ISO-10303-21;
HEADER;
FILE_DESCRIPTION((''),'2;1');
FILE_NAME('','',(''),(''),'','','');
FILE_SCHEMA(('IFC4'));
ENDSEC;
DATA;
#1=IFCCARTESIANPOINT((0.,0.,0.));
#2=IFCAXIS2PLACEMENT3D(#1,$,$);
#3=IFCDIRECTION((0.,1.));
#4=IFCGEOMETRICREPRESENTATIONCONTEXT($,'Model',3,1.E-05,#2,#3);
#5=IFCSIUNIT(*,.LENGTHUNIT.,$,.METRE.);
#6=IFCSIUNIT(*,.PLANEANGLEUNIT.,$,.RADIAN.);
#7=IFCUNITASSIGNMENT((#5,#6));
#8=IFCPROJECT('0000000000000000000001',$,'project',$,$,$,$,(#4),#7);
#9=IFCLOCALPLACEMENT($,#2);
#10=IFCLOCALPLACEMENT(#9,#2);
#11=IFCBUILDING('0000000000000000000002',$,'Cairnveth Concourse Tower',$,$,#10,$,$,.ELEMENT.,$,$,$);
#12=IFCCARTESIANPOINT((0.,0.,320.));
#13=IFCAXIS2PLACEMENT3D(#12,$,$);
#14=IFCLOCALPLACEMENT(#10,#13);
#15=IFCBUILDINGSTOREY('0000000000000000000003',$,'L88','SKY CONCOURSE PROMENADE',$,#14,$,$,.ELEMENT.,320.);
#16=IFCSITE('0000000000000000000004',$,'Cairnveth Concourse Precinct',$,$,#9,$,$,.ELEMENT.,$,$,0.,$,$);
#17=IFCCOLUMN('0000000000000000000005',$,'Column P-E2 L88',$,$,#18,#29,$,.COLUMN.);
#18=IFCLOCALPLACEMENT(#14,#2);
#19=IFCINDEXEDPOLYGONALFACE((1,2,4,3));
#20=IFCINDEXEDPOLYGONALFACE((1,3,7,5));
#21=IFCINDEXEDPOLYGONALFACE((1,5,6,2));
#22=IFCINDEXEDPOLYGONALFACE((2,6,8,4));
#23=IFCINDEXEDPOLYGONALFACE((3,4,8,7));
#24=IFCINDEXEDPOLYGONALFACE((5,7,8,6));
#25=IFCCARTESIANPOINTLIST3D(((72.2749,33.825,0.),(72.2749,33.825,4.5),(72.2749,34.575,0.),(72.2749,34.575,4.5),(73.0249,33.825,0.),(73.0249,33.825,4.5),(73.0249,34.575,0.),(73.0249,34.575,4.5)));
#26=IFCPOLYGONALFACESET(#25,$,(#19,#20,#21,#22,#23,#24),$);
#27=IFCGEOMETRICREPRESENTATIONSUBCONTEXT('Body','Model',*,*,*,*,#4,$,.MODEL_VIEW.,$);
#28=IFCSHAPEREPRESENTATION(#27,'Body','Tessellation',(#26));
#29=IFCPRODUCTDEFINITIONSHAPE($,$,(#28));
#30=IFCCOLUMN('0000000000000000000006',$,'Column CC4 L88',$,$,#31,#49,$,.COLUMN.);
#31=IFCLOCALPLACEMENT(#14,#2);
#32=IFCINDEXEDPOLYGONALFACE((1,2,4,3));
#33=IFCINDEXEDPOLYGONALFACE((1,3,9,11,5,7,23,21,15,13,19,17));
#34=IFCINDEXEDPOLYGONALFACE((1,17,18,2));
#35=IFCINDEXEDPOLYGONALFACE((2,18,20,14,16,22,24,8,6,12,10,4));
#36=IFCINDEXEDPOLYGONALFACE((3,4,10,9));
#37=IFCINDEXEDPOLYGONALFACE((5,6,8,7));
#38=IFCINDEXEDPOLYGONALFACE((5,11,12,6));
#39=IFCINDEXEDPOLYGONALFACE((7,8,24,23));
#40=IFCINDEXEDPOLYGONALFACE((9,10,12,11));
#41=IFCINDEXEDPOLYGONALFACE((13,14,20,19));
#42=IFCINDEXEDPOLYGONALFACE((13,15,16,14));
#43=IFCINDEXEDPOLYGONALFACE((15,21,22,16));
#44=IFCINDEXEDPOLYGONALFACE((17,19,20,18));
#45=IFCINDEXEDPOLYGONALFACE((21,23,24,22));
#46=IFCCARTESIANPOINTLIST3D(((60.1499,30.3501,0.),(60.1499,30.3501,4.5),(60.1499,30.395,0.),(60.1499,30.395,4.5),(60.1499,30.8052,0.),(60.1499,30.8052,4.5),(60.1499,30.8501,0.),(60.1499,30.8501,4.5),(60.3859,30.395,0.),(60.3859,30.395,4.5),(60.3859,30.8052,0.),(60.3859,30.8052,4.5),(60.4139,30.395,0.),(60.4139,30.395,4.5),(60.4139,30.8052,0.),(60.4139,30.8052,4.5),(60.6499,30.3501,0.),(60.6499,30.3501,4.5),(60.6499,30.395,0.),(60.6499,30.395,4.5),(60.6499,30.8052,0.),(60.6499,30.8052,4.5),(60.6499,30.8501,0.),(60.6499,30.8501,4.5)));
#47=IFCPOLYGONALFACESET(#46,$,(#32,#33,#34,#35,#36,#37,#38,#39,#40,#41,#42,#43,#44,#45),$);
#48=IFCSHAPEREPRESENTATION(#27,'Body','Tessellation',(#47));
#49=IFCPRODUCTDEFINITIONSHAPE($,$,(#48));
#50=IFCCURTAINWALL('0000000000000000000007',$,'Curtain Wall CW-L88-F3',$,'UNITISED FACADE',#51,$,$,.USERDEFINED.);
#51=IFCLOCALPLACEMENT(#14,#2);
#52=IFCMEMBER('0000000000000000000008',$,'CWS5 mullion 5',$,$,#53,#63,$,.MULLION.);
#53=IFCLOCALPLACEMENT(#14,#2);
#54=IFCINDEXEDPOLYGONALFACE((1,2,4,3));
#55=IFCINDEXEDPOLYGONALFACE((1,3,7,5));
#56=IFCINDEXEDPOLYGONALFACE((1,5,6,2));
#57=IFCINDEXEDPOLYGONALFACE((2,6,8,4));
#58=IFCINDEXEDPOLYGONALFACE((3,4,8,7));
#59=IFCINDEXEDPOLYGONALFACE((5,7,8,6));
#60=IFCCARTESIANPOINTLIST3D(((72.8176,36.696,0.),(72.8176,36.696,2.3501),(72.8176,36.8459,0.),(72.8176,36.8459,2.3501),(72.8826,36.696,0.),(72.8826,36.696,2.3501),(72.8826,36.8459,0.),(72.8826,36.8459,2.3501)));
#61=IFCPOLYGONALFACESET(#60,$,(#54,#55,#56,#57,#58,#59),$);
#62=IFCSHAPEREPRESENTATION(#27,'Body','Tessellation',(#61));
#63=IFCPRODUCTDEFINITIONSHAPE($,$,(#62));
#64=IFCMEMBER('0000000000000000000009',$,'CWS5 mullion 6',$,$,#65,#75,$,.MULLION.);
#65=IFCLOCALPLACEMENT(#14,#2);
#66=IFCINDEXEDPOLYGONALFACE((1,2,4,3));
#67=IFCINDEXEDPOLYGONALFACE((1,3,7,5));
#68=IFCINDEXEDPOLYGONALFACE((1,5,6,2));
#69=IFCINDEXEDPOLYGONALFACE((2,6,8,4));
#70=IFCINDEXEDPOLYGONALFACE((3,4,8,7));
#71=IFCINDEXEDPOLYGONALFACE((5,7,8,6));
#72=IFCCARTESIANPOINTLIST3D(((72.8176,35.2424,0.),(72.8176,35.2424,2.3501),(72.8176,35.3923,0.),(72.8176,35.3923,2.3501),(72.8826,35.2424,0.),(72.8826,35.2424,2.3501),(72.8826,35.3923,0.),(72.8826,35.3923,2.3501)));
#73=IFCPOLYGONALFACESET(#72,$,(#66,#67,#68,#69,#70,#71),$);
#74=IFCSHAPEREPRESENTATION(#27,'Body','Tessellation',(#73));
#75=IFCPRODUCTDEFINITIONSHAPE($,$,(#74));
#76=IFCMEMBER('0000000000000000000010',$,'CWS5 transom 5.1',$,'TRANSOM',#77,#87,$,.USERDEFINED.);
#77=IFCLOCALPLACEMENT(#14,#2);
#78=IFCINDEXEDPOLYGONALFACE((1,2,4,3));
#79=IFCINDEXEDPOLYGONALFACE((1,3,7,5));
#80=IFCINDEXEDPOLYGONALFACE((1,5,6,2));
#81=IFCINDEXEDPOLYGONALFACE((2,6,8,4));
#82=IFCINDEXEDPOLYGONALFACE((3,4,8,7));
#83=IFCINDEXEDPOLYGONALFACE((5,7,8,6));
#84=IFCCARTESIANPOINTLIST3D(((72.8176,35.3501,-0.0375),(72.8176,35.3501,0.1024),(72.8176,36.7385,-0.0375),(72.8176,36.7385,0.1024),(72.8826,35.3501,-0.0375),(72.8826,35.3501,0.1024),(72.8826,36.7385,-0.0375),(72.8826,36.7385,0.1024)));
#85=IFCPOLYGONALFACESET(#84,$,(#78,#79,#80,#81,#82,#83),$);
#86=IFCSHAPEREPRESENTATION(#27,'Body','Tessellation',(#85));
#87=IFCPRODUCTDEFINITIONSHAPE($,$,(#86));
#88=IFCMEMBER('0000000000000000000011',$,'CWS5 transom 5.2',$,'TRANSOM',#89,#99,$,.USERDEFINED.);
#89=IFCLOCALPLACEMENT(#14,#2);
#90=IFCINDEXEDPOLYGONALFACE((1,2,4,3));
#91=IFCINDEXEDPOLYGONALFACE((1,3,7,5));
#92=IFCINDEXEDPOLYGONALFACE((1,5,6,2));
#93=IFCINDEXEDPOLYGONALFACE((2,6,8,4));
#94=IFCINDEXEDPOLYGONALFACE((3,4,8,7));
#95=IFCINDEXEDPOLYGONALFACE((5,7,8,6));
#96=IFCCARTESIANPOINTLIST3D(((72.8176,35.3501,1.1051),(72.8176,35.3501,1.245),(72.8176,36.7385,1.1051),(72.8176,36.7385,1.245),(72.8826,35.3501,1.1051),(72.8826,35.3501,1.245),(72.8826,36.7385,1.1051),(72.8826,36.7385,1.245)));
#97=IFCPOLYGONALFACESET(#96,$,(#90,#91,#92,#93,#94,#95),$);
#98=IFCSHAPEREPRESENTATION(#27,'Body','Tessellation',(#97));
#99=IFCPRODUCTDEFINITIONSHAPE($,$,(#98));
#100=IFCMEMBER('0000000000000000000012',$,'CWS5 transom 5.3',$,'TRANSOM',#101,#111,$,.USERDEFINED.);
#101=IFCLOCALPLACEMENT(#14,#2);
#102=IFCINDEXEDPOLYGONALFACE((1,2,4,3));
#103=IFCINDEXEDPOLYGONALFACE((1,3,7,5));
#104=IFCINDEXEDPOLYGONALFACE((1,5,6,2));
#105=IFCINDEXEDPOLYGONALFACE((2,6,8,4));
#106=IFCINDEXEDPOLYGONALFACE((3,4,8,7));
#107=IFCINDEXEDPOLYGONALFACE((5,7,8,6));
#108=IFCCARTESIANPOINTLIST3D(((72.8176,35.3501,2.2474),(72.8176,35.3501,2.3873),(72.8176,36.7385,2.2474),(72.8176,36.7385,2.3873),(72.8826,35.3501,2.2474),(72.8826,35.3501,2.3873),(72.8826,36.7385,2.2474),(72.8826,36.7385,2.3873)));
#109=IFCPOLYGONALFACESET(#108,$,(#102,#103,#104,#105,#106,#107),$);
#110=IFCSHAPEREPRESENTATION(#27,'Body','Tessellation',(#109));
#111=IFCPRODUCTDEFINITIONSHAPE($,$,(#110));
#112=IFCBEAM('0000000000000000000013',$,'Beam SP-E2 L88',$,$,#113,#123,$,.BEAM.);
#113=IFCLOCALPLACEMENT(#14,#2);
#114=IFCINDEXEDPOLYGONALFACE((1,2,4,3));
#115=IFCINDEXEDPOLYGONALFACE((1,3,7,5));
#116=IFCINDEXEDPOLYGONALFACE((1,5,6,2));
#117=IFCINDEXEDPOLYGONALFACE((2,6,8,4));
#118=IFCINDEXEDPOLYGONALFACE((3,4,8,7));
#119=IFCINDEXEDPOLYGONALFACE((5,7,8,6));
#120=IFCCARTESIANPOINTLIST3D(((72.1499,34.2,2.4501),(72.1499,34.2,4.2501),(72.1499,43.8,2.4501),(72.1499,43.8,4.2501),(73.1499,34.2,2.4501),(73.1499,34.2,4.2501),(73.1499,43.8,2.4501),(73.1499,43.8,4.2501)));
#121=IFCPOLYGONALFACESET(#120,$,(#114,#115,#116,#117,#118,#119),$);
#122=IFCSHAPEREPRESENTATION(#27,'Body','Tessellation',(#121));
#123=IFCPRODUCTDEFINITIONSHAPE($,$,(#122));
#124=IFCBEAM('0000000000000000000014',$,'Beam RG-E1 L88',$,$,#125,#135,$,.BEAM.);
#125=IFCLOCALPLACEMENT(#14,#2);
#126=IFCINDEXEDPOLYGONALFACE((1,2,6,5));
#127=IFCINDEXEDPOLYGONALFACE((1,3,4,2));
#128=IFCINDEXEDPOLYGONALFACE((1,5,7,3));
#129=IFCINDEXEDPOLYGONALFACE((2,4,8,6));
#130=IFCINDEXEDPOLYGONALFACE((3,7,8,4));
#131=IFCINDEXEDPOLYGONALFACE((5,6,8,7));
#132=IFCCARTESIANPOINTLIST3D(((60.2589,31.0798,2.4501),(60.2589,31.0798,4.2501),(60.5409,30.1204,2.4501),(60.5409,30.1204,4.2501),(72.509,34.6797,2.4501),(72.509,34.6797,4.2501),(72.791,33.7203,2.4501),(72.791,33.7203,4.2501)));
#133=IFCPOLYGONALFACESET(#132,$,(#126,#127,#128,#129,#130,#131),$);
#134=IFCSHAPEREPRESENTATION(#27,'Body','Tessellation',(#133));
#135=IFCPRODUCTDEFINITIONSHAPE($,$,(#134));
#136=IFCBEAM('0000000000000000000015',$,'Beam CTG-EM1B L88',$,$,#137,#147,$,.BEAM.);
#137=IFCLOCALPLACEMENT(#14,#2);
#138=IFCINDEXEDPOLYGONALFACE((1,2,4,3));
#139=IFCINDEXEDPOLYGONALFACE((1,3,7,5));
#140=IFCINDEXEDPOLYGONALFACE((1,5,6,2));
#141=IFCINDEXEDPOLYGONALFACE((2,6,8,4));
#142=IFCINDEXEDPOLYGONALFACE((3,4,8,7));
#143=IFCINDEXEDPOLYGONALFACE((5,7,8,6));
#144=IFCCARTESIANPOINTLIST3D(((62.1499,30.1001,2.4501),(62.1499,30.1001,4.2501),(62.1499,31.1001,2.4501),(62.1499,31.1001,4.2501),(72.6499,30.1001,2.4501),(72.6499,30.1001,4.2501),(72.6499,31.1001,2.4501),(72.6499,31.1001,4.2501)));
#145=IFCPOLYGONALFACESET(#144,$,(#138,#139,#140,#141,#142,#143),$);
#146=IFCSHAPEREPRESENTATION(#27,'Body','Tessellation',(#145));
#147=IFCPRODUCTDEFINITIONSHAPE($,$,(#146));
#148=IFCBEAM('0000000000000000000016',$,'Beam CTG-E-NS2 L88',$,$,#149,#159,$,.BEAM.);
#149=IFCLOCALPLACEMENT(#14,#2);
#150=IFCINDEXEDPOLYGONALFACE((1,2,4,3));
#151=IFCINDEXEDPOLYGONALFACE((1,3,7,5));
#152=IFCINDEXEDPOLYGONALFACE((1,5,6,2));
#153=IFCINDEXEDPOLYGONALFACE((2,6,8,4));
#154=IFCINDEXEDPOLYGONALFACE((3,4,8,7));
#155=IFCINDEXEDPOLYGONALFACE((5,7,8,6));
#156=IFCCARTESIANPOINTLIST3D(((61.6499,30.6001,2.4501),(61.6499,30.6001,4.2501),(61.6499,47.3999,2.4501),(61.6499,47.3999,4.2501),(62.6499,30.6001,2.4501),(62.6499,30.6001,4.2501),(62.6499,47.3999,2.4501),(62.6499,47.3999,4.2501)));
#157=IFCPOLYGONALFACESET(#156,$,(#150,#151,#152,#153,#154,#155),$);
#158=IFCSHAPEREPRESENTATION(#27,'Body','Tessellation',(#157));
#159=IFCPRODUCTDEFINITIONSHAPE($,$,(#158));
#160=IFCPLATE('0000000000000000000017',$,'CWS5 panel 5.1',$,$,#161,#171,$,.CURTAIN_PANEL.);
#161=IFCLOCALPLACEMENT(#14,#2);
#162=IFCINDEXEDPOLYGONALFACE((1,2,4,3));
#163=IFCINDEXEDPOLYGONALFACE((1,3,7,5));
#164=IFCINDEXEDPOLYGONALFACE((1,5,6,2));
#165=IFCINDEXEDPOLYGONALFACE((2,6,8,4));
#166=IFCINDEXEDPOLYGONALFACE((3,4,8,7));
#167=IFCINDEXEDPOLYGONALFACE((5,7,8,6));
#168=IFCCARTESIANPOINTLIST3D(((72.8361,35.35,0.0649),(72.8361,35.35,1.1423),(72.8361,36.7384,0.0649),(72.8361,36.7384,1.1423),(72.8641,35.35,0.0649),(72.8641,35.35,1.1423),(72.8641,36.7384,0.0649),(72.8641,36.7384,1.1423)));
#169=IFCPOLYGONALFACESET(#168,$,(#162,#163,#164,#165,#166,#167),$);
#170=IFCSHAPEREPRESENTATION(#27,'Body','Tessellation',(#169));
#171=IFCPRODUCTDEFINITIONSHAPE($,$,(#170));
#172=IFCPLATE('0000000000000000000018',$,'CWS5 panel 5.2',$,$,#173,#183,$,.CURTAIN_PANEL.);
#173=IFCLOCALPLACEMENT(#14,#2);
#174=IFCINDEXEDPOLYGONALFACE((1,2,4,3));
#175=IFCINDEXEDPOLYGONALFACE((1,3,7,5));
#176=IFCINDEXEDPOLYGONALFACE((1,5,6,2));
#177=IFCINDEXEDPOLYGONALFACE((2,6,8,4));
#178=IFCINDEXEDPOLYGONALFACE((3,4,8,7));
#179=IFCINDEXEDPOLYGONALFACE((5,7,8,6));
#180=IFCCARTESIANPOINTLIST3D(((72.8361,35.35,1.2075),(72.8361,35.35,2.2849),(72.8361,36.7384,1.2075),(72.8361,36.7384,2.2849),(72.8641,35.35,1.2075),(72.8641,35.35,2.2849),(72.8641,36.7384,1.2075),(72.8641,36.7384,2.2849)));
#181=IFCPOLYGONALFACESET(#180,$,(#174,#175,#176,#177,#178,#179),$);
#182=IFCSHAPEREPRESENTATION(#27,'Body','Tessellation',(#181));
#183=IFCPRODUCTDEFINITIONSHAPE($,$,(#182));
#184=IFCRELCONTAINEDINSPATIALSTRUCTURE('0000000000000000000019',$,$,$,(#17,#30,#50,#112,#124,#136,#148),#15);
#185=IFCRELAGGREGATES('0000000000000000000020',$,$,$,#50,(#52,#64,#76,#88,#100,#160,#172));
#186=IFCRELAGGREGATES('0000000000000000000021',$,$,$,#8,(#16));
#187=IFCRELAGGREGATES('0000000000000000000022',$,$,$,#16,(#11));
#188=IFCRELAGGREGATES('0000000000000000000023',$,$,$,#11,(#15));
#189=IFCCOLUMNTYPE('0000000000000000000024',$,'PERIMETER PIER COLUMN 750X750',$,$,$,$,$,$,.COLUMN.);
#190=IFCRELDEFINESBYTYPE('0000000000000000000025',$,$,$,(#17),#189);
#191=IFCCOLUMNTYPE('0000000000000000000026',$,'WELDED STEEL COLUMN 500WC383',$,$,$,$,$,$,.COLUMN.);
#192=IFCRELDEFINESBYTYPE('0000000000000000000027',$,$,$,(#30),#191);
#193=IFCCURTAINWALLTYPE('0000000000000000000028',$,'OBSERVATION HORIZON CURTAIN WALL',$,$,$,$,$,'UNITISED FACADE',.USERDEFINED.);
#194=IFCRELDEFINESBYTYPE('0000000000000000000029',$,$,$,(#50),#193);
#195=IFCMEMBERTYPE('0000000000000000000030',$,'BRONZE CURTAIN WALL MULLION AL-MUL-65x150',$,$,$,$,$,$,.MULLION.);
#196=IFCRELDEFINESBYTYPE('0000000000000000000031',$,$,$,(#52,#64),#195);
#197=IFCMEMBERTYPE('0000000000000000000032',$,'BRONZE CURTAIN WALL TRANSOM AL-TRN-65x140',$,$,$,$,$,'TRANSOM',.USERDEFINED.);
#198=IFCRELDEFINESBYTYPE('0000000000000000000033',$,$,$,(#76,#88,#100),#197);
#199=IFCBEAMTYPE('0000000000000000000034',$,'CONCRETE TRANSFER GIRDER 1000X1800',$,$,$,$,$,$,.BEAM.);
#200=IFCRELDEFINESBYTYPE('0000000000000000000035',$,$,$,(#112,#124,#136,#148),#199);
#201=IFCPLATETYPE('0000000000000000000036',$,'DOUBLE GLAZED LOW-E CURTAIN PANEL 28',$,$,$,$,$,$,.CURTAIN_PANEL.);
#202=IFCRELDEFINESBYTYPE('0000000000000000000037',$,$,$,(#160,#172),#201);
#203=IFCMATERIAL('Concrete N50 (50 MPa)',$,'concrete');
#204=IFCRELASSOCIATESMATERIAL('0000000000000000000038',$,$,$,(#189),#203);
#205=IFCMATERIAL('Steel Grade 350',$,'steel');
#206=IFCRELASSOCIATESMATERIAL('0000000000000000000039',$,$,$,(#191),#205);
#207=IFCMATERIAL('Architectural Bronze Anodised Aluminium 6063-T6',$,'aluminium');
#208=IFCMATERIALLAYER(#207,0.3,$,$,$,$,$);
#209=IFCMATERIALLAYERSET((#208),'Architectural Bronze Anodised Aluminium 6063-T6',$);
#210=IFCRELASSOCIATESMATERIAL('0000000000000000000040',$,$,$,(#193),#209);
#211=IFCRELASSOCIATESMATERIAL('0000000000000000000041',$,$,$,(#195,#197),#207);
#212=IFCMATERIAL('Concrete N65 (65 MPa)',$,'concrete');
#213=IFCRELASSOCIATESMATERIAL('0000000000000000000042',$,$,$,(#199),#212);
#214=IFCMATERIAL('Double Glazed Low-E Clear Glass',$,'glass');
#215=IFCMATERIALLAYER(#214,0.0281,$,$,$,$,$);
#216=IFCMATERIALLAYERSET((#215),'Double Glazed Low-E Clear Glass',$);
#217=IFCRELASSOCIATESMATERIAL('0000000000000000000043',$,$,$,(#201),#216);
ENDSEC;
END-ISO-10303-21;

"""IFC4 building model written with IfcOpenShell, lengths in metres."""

from ifc_helpers import new_model, si_unit, direction, frame, origin, origin_2d, place, context, subcontext, project, spatial, rectangle, i_section, extrude, material, layer, layer_set, material_profile, profile_set, type_object, element, aggregate, save


model = new_model("IFC4")

# Units and contexts
model_context = context("Model", 3, precision=1e-05, world=origin(), true_north=direction((0.0, 1.0)))
body_context = subcontext(model_context, "Body", "Model", "MODEL_VIEW")
ifc_project = project(units=[si_unit("LENGTHUNIT", "METRE"), si_unit("PLANEANGLEUNIT", "RADIAN")], contexts=[model_context])

# Site, building, storey
site_placement = place(None, origin())
site = spatial("IfcSite", under=ifc_project, at=site_placement, Name="Cairnveth Concourse Precinct", CompositionType="ELEMENT", RefElevation=0.0)
building_placement = place(site_placement, origin())
building = spatial("IfcBuilding", under=site, at=building_placement, Name="Cairnveth Concourse Tower", CompositionType="ELEMENT")
storey_placement = place(building_placement, frame((0.0, 0.0, 320.0)))
storey = spatial("IfcBuildingStorey", under=building, at=storey_placement, Name="L88", Description="SKY CONCOURSE PROMENADE", CompositionType="ELEMENT", Elevation=320.0)

# Columns
ifc_material_1 = material(Name="Concrete N50 (50 MPa)", Category="concrete")
ifc_material_profile_1 = material_profile(ifc_material_1, rectangle(XDim=0.75, YDim=0.75, at=origin_2d()), Name="RC-COL-750x750")
ifc_profile_set_1 = profile_set([ifc_material_profile_1], Name="Concrete N50 (50 MPa)")
column_type_1 = type_object("IfcColumnType", Name="PERIMETER PIER COLUMN 750X750", PredefinedType="COLUMN", material=ifc_profile_set_1)
column_1_placement = place(storey_placement, frame((72.6499, 34.2, 0.0), z_axis=(0.0, 0.0, 1.0), x_axis=(0.0, 1.0, 0.0)))
element("IfcColumn", 1, at=column_1_placement, inside=storey, type_object=column_type_1, Name="Column P-E2 L88", PredefinedType="COLUMN", context=body_context, shape_type="SweptSolid", body=[
    extrude(rectangle(XDim=0.75, YDim=0.75, at=origin_2d()), origin(), (0.0, 0.0, 1.0), 4.5),
])
ifc_material_2 = material(Name="Steel Grade 350", Category="steel")
ifc_material_profile_2 = material_profile(ifc_material_2, i_section(OverallWidth=0.5, OverallDepth=0.5, WebThickness=0.0281, FlangeThickness=0.0449, at=origin_2d()), Name="500WC383")
ifc_profile_set_2 = profile_set([ifc_material_profile_2], Name="Steel Grade 350")
column_type_2 = type_object("IfcColumnType", Name="WELDED STEEL COLUMN 500WC383", PredefinedType="COLUMN", material=ifc_profile_set_2)
column_2_placement = place(storey_placement, frame((60.3999, 30.6001, 0.0), z_axis=(0.0, 0.0, 1.0), x_axis=(1.0, 0.0, 0.0)))
element("IfcColumn", 2, at=column_2_placement, inside=storey, type_object=column_type_2, Name="Column CC4 L88", PredefinedType="COLUMN", context=body_context, shape_type="SweptSolid", body=[
    extrude(i_section(OverallWidth=0.5, OverallDepth=0.5, WebThickness=0.0281, FlangeThickness=0.0449, at=origin_2d()), origin(), (0.0, 0.0, 1.0), 4.5),
])

# Curtain wall, members
ifc_material_3 = material(Name="Architectural Bronze Anodised Aluminium 6063-T6", Category="aluminium")
ifc_layer_1 = layer(ifc_material_3, 0.3)
ifc_layer_set_1 = layer_set([ifc_layer_1], Name="Architectural Bronze Anodised Aluminium 6063-T6")
curtain_wall_type = type_object("IfcCurtainWallType", Name="OBSERVATION HORIZON CURTAIN WALL", ElementType="UNITISED FACADE", PredefinedType="USERDEFINED", material=ifc_layer_set_1)
curtain_wall_placement = place(storey_placement, origin())
curtain_wall = element("IfcCurtainWall", 3, at=curtain_wall_placement, inside=storey, type_object=curtain_wall_type, Name="Curtain Wall CW-L88-F3", ObjectType="UNITISED FACADE", PredefinedType="USERDEFINED")
ifc_material_profile_3 = material_profile(ifc_material_3, rectangle(XDim=0.0649, YDim=0.1499, at=origin_2d()), Name="AL-MUL-65x150")
ifc_profile_set_3 = profile_set([ifc_material_profile_3], Name="Architectural Bronze Anodised Aluminium 6063-T6")
member_type_1 = type_object("IfcMemberType", Name="BRONZE CURTAIN WALL MULLION AL-MUL-65x150", PredefinedType="MULLION", material=ifc_profile_set_3)
member_1_placement = place(storey_placement, frame((72.8501, 36.771, 0.0), z_axis=(0.0, 0.0, 1.0), x_axis=(1.0, 0.0, 0.0)))
member_1 = element("IfcMember", 4, at=member_1_placement, type_object=member_type_1, Name="CWS5 mullion 5", PredefinedType="MULLION", context=body_context, shape_type="SweptSolid", body=[
    extrude(rectangle(XDim=0.0649, YDim=0.1499, at=origin_2d()), origin(), (0.0, 0.0, 1.0), 2.3501),
])
member_2_placement = place(storey_placement, frame((72.8501, 35.3174, 0.0), z_axis=(0.0, 0.0, 1.0), x_axis=(1.0, 0.0, 0.0)))
member_2 = element("IfcMember", 5, at=member_2_placement, type_object=member_type_1, Name="CWS5 mullion 6", PredefinedType="MULLION", context=body_context, shape_type="SweptSolid", body=[
    extrude(rectangle(XDim=0.0649, YDim=0.1499, at=origin_2d()), origin(), (0.0, 0.0, 1.0), 2.3501),
])
ifc_material_profile_4 = material_profile(ifc_material_3, rectangle(XDim=0.0649, YDim=0.1399, at=origin_2d()), Name="AL-TRN-65x140")
ifc_profile_set_4 = profile_set([ifc_material_profile_4], Name="Architectural Bronze Anodised Aluminium 6063-T6")
member_type_2 = type_object("IfcMemberType", Name="BRONZE CURTAIN WALL TRANSOM AL-TRN-65x140", ElementType="TRANSOM", PredefinedType="USERDEFINED", material=ifc_profile_set_4)
member_3_placement = place(storey_placement, frame((72.8501, 36.7385, 0.0325), z_axis=(0.0, -1.0, 0.0), x_axis=(1.0, 0.0, 0.0)))
member_3 = element("IfcMember", 6, at=member_3_placement, type_object=member_type_2, Name="CWS5 transom 5.1", ObjectType="TRANSOM", PredefinedType="USERDEFINED", context=body_context, shape_type="SweptSolid", body=[
    extrude(rectangle(XDim=0.0649, YDim=0.1399, at=origin_2d()), origin(), (0.0, 0.0, 1.0), 1.3884),
])
member_4_placement = place(storey_placement, frame((72.8501, 36.7385, 1.175), z_axis=(0.0, -1.0, 0.0), x_axis=(1.0, 0.0, 0.0)))
member_4 = element("IfcMember", 7, at=member_4_placement, type_object=member_type_2, Name="CWS5 transom 5.2", ObjectType="TRANSOM", PredefinedType="USERDEFINED", context=body_context, shape_type="SweptSolid", body=[
    extrude(rectangle(XDim=0.0649, YDim=0.1399, at=origin_2d()), origin(), (0.0, 0.0, 1.0), 1.3884),
])
member_5_placement = place(storey_placement, frame((72.8501, 36.7385, 2.3174), z_axis=(0.0, -1.0, 0.0), x_axis=(1.0, 0.0, 0.0)))
member_5 = element("IfcMember", 8, at=member_5_placement, type_object=member_type_2, Name="CWS5 transom 5.3", ObjectType="TRANSOM", PredefinedType="USERDEFINED", context=body_context, shape_type="SweptSolid", body=[
    extrude(rectangle(XDim=0.0649, YDim=0.1399, at=origin_2d()), origin(), (0.0, 0.0, 1.0), 1.3884),
])

# Beams
ifc_material_4 = material(Name="Concrete N65 (65 MPa)", Category="concrete")
ifc_material_profile_5 = material_profile(ifc_material_4, rectangle(XDim=1.0, YDim=1.8, at=origin_2d()), Name="RC-TB-1000x1800")
ifc_profile_set_5 = profile_set([ifc_material_profile_5], Name="Concrete N65 (65 MPa)")
beam_type = type_object("IfcBeamType", Name="CONCRETE TRANSFER GIRDER 1000X1800", PredefinedType="BEAM", material=ifc_profile_set_5)
beam_1_placement = place(storey_placement, frame((72.6499, 34.2, 3.3501), z_axis=(0.0, 1.0, 0.0), x_axis=(-1.0, 0.0, 0.0)))
element("IfcBeam", 9, at=beam_1_placement, inside=storey, type_object=beam_type, Name="Beam SP-E2 L88", PredefinedType="BEAM", context=body_context, shape_type="SweptSolid", body=[
    extrude(rectangle(XDim=1.0, YDim=1.8, at=origin_2d()), origin(), (0.0, 0.0, 1.0), 9.6001),
])
beam_2_placement = place(storey_placement, frame((60.3999, 30.6001, 3.3501), z_axis=(0.959431, 0.281944, 0.0), x_axis=(-0.281944, 0.959431, 0.0)))
element("IfcBeam", 10, at=beam_2_placement, inside=storey, type_object=beam_type, Name="Beam RG-E1 L88", PredefinedType="BEAM", context=body_context, shape_type="SweptSolid", body=[
    extrude(rectangle(XDim=1.0, YDim=1.8, at=origin_2d()), origin(), (0.0, 0.0, 1.0), 12.7681),
])
beam_3_placement = place(storey_placement, frame((62.1499, 30.6001, 3.3501), z_axis=(1.0, 0.0, 0.0), x_axis=(0.0, 1.0, 0.0)))
element("IfcBeam", 11, at=beam_3_placement, inside=storey, type_object=beam_type, Name="Beam CTG-EM1B L88", PredefinedType="BEAM", context=body_context, shape_type="SweptSolid", body=[
    extrude(rectangle(XDim=1.0, YDim=1.8, at=origin_2d()), origin(), (0.0, 0.0, 1.0), 10.5),
])
beam_4_placement = place(storey_placement, frame((62.1499, 30.6001, 3.3501), z_axis=(0.0, 1.0, 0.0), x_axis=(-1.0, 0.0, 0.0)))
element("IfcBeam", 12, at=beam_4_placement, inside=storey, type_object=beam_type, Name="Beam CTG-E-NS2 L88", PredefinedType="BEAM", context=body_context, shape_type="SweptSolid", body=[
    extrude(rectangle(XDim=1.0, YDim=1.8, at=origin_2d()), origin(), (0.0, 0.0, 1.0), 16.7998),
])

# Plates
ifc_material_5 = material(Name="Double Glazed Low-E Clear Glass", Category="glass")
ifc_layer_2 = layer(ifc_material_5, 0.0281)
ifc_layer_set_2 = layer_set([ifc_layer_2], Name="Double Glazed Low-E Clear Glass")
plate_type = type_object("IfcPlateType", Name="DOUBLE GLAZED LOW-E CURTAIN PANEL 28", PredefinedType="CURTAIN_PANEL", material=ifc_layer_set_2)
plate_1_placement = place(storey_placement, frame((72.8501, 36.0442, 0.0649), z_axis=(0.0, 0.0, 1.0), x_axis=(0.0, -1.0, 0.0)))
plate_1 = element("IfcPlate", 13, at=plate_1_placement, type_object=plate_type, Name="CWS5 panel 5.1", PredefinedType="CURTAIN_PANEL", context=body_context, shape_type="SweptSolid", body=[
    extrude(rectangle(XDim=1.3884, YDim=0.0281, at=origin_2d()), origin(), (0.0, 0.0, 1.0), 1.0774),
])
plate_2_placement = place(storey_placement, frame((72.8501, 36.0442, 1.2075), z_axis=(0.0, 0.0, 1.0), x_axis=(0.0, -1.0, 0.0)))
plate_2 = element("IfcPlate", 14, at=plate_2_placement, type_object=plate_type, Name="CWS5 panel 5.2", PredefinedType="CURTAIN_PANEL", context=body_context, shape_type="SweptSolid", body=[
    extrude(rectangle(XDim=1.3884, YDim=0.0281, at=origin_2d()), origin(), (0.0, 0.0, 1.0), 1.0774),
])
aggregate(curtain_wall, [member_1, member_2, member_3, member_4, member_5, plate_1, plate_2])

save(model, "model.ifc")
